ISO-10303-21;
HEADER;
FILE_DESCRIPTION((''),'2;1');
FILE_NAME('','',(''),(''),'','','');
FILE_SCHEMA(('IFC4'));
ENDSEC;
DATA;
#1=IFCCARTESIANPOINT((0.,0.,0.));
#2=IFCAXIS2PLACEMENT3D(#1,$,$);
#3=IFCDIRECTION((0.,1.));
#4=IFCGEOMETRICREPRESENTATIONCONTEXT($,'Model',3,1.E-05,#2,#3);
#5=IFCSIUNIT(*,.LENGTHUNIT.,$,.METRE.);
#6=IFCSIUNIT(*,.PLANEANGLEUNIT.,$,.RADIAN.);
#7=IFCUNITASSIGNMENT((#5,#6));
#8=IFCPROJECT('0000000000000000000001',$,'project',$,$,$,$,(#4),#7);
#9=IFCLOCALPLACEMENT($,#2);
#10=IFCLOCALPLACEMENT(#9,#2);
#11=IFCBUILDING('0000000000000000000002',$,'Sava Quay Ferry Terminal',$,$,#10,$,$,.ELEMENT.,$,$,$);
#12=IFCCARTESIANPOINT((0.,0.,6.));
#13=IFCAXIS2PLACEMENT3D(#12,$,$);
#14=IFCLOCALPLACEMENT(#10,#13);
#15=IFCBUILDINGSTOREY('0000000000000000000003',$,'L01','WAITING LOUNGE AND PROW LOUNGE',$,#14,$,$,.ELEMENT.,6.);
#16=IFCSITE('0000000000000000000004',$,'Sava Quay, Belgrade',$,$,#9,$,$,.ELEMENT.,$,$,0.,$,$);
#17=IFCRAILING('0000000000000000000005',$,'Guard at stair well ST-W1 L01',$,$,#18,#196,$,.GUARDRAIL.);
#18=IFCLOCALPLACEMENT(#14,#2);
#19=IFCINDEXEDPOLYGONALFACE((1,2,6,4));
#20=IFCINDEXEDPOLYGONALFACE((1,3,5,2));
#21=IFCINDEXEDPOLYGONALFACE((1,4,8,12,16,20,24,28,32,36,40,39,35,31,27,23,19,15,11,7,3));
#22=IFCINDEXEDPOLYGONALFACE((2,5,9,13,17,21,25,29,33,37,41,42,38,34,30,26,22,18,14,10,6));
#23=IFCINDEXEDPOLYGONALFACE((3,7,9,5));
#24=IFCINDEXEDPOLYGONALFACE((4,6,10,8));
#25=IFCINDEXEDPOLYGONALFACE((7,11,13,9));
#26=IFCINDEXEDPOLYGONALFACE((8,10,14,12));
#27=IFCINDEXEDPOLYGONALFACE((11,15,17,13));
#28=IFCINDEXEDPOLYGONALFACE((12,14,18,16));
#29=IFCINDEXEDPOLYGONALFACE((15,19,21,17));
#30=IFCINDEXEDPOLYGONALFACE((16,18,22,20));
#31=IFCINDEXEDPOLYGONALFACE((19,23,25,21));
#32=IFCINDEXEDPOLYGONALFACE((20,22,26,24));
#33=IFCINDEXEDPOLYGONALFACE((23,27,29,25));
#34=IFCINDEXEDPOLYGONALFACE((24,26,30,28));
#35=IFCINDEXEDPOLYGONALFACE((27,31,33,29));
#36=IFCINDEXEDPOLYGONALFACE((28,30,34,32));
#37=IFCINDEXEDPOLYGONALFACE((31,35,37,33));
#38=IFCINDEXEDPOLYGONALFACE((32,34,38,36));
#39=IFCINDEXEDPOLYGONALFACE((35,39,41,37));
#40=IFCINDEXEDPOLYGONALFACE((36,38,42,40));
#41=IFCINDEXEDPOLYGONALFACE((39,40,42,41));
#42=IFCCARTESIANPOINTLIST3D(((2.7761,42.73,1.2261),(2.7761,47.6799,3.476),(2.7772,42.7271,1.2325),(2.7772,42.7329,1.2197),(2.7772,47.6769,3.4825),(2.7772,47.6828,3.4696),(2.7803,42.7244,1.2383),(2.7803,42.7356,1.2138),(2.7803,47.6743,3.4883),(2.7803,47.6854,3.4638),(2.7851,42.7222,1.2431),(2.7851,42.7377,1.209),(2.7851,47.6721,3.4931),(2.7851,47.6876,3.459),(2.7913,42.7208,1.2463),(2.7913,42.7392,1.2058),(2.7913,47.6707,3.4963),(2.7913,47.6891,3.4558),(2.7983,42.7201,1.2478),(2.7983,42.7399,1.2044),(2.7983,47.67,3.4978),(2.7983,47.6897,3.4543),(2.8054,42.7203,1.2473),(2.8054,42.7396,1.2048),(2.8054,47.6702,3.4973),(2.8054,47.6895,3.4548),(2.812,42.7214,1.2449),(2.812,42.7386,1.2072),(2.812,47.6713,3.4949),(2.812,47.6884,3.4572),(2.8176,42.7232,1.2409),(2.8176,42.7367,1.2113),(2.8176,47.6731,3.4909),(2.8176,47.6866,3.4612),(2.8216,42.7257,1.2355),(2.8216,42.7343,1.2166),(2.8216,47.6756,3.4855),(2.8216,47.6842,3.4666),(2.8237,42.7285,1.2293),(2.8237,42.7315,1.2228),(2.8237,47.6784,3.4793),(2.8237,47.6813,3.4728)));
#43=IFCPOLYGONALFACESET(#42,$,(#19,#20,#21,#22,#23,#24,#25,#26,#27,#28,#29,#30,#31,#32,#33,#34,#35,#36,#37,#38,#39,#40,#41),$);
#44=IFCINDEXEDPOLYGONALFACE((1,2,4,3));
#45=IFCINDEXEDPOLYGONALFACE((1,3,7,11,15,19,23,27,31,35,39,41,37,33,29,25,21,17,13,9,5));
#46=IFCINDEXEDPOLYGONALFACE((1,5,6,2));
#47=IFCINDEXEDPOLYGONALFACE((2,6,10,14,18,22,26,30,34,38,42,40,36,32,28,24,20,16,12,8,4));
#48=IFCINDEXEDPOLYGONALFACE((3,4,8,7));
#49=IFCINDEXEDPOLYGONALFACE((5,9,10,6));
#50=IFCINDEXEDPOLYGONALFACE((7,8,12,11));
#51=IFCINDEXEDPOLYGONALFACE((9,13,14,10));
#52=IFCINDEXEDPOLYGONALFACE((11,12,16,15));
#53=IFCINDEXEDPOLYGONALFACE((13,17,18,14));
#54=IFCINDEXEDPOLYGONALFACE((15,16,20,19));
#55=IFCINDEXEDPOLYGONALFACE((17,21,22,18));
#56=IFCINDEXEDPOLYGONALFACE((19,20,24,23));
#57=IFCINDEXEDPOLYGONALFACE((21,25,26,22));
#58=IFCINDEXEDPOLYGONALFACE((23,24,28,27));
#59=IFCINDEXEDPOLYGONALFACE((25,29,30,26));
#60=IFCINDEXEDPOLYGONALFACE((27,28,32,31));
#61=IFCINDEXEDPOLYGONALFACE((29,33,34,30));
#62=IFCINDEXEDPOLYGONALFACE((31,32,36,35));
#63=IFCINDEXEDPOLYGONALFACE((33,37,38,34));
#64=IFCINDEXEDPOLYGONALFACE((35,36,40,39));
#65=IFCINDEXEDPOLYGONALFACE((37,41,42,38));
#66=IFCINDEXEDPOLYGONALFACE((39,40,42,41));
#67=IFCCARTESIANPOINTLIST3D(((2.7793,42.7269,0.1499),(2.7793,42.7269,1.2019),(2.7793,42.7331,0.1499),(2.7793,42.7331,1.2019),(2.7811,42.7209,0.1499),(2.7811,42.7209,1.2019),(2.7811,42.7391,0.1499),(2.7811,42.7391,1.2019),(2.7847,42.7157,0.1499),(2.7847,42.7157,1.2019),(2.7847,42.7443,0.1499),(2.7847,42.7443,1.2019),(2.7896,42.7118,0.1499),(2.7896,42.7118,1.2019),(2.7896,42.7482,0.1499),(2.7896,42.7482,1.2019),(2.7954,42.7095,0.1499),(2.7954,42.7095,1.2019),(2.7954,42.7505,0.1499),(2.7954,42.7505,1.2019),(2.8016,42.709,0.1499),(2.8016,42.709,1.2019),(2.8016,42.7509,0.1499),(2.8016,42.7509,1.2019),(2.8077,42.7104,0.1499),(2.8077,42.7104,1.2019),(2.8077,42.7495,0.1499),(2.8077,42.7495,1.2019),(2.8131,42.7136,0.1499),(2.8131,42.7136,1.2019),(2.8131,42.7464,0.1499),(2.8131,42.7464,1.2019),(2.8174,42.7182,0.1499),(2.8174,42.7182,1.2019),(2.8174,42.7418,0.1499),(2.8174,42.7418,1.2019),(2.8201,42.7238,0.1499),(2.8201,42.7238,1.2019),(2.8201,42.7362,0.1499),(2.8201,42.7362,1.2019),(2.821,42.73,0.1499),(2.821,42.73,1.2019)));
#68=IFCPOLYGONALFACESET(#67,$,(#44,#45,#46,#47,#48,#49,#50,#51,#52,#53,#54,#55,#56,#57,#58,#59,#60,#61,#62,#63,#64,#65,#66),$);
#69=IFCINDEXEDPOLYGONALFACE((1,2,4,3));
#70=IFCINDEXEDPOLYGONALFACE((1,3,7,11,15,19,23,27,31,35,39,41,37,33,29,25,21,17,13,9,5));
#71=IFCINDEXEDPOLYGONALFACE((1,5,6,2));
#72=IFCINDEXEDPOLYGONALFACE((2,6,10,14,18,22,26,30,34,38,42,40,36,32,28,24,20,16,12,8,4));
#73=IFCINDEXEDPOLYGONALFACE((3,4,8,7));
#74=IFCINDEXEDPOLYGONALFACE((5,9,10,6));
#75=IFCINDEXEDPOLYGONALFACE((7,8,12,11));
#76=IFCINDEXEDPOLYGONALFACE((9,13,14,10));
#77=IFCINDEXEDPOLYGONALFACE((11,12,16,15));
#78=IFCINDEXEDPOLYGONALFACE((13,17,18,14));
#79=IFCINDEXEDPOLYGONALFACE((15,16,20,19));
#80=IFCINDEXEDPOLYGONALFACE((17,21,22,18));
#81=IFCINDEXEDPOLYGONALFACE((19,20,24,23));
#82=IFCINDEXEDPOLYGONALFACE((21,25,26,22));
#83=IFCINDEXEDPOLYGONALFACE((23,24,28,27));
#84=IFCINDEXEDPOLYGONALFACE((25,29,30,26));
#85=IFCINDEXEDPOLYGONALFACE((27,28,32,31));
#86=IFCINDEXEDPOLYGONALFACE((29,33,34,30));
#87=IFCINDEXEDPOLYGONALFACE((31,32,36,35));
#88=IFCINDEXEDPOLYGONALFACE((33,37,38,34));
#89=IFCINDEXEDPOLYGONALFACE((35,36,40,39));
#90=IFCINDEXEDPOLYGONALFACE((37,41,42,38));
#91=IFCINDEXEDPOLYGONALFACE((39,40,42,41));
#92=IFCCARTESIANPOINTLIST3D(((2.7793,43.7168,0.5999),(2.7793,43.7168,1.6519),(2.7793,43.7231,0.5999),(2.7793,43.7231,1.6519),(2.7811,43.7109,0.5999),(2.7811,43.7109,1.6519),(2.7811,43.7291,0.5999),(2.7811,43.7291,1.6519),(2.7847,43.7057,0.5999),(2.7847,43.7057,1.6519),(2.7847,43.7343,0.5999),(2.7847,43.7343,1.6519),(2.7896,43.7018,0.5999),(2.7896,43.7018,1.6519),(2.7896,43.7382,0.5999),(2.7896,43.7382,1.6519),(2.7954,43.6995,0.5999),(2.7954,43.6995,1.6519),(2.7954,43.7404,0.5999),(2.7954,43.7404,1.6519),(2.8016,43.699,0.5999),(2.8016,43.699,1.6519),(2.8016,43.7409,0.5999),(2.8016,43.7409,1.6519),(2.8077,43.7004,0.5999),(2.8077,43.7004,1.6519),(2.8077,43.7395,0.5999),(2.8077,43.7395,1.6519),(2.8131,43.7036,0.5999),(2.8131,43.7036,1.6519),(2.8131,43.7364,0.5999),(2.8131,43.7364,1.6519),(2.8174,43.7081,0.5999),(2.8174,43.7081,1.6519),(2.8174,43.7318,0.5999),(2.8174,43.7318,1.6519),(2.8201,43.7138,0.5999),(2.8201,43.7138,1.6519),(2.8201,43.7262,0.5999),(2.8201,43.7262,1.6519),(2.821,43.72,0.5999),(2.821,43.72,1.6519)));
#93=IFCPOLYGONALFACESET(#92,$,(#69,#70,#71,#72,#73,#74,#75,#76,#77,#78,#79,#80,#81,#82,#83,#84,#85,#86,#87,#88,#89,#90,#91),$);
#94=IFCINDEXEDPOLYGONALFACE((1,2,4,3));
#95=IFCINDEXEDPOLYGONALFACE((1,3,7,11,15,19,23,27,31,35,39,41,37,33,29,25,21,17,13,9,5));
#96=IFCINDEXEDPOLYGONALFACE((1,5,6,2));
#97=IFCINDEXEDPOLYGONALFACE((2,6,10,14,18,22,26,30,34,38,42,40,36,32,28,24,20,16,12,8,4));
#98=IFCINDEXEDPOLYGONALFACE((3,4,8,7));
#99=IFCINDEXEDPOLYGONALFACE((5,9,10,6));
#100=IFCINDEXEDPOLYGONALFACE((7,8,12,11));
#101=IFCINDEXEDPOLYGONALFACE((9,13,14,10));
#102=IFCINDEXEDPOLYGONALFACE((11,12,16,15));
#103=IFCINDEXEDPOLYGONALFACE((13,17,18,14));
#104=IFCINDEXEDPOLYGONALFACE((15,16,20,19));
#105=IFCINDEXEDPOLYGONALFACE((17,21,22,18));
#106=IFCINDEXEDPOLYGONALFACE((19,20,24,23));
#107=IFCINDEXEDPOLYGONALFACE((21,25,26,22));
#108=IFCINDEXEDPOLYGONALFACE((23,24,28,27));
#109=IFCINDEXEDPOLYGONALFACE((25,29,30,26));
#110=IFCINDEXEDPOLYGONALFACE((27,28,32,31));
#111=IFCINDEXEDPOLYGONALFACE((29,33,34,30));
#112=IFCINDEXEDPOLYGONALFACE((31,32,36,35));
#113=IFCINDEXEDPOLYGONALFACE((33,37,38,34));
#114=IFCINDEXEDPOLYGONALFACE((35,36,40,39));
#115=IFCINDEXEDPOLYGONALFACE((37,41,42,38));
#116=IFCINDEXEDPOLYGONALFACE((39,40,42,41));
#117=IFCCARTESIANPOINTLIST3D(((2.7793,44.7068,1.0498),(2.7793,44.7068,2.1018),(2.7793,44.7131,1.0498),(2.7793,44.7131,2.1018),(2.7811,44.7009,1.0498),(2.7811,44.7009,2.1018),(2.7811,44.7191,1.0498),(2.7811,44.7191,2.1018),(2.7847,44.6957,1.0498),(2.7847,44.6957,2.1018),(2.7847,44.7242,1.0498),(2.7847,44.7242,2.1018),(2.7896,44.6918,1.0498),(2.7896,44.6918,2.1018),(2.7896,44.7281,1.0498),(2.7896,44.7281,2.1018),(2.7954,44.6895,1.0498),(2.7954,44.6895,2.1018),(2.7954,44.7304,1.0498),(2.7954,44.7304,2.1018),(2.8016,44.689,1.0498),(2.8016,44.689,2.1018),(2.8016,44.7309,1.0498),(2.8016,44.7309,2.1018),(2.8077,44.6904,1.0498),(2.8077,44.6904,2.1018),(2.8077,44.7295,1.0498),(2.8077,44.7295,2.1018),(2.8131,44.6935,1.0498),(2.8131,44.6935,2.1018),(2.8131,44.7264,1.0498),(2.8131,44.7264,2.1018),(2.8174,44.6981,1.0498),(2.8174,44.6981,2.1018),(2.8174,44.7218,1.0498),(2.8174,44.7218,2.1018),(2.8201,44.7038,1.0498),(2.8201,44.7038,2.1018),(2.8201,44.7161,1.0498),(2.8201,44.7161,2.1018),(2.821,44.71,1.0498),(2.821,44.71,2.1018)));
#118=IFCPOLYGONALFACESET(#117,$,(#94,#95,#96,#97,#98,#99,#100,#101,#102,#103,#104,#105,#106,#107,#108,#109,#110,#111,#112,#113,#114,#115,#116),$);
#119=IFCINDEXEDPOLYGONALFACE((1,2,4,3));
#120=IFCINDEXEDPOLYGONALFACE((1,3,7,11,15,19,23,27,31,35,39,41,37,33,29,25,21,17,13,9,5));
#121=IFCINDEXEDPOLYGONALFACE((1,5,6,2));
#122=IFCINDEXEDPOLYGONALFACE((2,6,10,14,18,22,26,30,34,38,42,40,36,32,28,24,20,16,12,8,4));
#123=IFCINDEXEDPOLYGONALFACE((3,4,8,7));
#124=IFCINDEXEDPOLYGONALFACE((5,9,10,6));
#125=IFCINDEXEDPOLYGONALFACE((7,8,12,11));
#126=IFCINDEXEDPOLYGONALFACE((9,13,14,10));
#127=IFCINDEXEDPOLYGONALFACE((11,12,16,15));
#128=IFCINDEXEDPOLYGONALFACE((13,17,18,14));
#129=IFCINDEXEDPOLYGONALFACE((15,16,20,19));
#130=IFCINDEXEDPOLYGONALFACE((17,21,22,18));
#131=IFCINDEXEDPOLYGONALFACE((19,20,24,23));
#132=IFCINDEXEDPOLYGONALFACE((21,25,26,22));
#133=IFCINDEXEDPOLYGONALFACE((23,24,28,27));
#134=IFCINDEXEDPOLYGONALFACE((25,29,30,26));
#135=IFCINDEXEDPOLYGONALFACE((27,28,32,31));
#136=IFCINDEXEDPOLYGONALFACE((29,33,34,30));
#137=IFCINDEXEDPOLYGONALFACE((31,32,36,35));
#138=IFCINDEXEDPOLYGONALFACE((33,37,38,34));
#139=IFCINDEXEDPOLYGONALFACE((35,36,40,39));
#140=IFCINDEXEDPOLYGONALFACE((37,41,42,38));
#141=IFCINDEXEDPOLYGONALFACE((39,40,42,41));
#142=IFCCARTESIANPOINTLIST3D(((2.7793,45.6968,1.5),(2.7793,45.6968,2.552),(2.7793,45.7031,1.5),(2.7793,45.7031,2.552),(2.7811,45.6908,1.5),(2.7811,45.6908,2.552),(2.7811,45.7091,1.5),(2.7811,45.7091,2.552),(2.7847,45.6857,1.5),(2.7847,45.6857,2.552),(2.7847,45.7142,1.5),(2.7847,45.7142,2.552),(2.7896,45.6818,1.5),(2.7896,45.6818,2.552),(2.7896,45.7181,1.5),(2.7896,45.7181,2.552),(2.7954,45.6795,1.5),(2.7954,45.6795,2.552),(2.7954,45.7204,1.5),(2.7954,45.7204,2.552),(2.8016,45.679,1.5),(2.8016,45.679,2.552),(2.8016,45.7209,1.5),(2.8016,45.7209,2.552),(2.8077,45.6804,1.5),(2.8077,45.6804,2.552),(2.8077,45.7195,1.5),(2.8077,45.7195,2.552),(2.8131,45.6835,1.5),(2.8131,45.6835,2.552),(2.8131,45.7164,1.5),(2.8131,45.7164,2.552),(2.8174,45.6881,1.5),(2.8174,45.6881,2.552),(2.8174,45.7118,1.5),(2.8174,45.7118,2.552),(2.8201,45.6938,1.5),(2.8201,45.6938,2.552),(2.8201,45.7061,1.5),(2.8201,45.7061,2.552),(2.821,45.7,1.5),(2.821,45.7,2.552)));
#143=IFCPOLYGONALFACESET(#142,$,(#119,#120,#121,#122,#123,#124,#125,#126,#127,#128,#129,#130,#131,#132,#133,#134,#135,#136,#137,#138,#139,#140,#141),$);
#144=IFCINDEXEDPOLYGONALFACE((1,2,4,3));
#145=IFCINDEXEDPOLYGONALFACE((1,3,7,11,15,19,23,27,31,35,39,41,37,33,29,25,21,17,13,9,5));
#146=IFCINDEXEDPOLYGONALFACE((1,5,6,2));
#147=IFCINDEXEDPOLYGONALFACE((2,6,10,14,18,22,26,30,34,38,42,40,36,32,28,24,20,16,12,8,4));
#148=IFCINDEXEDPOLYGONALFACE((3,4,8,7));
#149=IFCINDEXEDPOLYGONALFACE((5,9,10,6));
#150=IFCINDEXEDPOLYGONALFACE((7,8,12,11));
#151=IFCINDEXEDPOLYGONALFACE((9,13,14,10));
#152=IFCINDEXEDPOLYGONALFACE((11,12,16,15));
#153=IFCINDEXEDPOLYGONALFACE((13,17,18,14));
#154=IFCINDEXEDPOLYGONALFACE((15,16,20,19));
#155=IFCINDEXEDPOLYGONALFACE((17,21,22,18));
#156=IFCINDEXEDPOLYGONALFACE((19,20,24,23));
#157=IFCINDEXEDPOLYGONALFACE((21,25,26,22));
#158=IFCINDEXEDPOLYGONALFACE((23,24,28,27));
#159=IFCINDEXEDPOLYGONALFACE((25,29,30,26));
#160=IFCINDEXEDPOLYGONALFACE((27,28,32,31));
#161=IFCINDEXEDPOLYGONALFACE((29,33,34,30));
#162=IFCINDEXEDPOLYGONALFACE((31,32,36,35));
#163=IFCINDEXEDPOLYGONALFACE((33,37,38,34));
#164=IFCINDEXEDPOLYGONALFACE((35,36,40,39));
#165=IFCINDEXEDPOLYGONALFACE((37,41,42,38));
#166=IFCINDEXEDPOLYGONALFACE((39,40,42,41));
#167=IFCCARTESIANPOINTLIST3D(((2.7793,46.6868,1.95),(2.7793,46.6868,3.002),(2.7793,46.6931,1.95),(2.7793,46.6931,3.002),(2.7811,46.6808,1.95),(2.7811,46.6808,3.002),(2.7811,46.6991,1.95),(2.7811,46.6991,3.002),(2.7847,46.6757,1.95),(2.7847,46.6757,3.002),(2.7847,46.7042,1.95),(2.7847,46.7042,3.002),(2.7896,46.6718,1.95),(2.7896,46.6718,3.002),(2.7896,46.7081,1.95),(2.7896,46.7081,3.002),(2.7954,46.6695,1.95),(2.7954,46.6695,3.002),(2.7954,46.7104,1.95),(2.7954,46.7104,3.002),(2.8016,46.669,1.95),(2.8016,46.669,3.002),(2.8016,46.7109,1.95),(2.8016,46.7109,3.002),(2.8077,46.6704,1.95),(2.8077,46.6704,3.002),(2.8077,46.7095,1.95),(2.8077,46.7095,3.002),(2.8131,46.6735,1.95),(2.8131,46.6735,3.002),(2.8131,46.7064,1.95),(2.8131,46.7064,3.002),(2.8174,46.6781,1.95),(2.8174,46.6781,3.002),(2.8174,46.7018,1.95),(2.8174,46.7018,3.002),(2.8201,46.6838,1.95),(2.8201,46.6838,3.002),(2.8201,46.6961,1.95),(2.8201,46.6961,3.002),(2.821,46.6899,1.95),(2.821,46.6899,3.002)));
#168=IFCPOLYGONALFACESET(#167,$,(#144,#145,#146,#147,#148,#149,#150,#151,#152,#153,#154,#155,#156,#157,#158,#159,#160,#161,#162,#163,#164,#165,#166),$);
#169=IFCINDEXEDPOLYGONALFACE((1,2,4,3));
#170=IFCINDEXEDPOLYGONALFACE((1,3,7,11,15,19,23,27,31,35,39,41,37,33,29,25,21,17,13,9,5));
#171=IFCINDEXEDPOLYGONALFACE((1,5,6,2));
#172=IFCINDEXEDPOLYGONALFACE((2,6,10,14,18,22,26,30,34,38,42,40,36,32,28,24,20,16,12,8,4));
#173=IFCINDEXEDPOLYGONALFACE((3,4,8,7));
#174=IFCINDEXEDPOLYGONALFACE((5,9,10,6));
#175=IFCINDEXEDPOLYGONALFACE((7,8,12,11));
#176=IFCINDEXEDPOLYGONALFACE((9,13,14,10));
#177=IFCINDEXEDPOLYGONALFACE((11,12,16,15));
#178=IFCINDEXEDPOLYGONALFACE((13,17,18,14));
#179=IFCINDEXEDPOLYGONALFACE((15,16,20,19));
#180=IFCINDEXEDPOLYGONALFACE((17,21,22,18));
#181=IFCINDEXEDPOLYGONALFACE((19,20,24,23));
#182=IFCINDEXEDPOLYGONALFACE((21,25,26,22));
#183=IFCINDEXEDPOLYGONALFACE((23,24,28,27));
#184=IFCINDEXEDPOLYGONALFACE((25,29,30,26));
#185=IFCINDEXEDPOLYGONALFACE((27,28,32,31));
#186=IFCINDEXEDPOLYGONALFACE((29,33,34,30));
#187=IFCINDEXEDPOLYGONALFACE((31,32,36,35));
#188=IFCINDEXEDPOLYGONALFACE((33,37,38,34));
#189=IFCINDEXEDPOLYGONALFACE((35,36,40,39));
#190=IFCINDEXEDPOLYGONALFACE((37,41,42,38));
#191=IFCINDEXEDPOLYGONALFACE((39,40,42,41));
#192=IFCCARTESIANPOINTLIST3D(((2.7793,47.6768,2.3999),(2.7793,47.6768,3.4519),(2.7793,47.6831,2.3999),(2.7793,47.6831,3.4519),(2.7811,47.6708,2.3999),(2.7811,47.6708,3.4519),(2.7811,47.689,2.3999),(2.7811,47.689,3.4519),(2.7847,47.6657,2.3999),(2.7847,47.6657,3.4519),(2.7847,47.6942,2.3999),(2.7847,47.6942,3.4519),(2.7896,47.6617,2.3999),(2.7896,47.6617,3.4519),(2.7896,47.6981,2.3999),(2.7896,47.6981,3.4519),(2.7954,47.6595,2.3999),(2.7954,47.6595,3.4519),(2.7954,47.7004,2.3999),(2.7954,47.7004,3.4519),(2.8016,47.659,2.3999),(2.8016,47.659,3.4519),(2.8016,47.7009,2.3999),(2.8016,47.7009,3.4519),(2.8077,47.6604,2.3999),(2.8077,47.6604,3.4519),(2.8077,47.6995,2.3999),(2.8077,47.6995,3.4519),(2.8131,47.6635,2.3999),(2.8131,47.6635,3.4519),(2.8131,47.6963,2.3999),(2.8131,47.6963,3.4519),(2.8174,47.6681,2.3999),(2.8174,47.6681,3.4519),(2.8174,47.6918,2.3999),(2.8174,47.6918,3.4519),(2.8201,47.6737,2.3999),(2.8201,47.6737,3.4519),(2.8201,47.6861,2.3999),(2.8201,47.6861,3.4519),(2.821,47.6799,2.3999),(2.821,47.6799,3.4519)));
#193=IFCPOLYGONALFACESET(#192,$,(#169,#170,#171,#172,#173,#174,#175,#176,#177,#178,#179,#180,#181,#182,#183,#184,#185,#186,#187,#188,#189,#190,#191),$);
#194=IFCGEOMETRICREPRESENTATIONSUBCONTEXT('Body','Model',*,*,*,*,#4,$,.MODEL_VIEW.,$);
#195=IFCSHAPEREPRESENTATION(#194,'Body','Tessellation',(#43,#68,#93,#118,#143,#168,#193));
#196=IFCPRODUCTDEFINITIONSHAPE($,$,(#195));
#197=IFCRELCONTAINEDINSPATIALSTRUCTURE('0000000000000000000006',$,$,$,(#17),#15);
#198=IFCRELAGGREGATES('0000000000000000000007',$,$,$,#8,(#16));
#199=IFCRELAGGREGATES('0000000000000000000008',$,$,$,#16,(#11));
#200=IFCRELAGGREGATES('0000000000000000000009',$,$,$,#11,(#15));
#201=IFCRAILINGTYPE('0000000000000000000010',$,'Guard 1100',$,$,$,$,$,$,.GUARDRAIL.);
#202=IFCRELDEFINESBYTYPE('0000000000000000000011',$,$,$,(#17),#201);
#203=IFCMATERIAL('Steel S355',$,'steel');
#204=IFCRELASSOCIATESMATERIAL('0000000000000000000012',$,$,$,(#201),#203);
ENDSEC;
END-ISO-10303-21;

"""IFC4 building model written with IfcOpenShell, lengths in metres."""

from ifc_helpers import new_model, si_unit, direction, frame, origin, origin_2d, place, context, subcontext, project, spatial, circle, extrude, material, type_object, element, save


model = new_model("IFC4")

# Units and contexts
model_context = context("Model", 3, precision=1e-05, world=origin(), true_north=direction((0.0, 1.0)))
body_context = subcontext(model_context, "Body", "Model", "MODEL_VIEW")
ifc_project = project(units=[si_unit("LENGTHUNIT", "METRE"), si_unit("PLANEANGLEUNIT", "RADIAN")], contexts=[model_context])

# Site, building, storey
site_placement = place(None, origin())
site = spatial("IfcSite", under=ifc_project, at=site_placement, Name="Sava Quay, Belgrade", CompositionType="ELEMENT", RefElevation=0.0)
building_placement = place(site_placement, origin())
building = spatial("IfcBuilding", under=site, at=building_placement, Name="Sava Quay Ferry Terminal", CompositionType="ELEMENT")
storey_placement = place(building_placement, frame((0.0, 0.0, 6.0)))
storey = spatial("IfcBuildingStorey", under=building, at=storey_placement, Name="L01", Description="WAITING LOUNGE AND PROW LOUNGE", CompositionType="ELEMENT", Elevation=6.0)

# Railing
ifc_material_1 = material(Name="Steel S355", Category="steel")
railing_type = type_object("IfcRailingType", Name="Guard 1100", PredefinedType="GUARDRAIL", material=ifc_material_1)
railing_1_placement = place(storey_placement, frame((2.8, 42.73, 0.1499)))
element("IfcRailing", 1, at=railing_1_placement, inside=storey, type_object=railing_type, Name="Guard at stair well ST-W1 L01", PredefinedType="GUARDRAIL", context=body_context, shape_type="SweptSolid", body=[
    extrude(circle(Radius=0.0239, at=origin_2d()), frame((0.0, 0.0, 1.0762), z_axis=(0.0, 0.910365, 0.413806), x_axis=(-1.0, 0.0, 0.0)), (0.0, 0.0, 1.0), 5.4373),
    extrude(circle(Radius=0.021, at=origin_2d()), origin(), (0.0, 0.0, 1.0), 1.052),
    extrude(circle(Radius=0.021, at=origin_2d()), frame((0.0, 0.99, 0.45)), (0.0, 0.0, 1.0), 1.052),
    extrude(circle(Radius=0.021, at=origin_2d()), frame((0.0, 1.98, 0.8999)), (0.0, 0.0, 1.0), 1.052),
    extrude(circle(Radius=0.021, at=origin_2d()), frame((0.0, 2.97, 1.3501)), (0.0, 0.0, 1.0), 1.052),
    extrude(circle(Radius=0.021, at=origin_2d()), frame((0.0, 3.96, 1.8)), (0.0, 0.0, 1.0), 1.052),
    extrude(circle(Radius=0.021, at=origin_2d()), frame((0.0, 4.95, 2.25)), (0.0, 0.0, 1.0), 1.052),
])

save(model, "model.ifc")
